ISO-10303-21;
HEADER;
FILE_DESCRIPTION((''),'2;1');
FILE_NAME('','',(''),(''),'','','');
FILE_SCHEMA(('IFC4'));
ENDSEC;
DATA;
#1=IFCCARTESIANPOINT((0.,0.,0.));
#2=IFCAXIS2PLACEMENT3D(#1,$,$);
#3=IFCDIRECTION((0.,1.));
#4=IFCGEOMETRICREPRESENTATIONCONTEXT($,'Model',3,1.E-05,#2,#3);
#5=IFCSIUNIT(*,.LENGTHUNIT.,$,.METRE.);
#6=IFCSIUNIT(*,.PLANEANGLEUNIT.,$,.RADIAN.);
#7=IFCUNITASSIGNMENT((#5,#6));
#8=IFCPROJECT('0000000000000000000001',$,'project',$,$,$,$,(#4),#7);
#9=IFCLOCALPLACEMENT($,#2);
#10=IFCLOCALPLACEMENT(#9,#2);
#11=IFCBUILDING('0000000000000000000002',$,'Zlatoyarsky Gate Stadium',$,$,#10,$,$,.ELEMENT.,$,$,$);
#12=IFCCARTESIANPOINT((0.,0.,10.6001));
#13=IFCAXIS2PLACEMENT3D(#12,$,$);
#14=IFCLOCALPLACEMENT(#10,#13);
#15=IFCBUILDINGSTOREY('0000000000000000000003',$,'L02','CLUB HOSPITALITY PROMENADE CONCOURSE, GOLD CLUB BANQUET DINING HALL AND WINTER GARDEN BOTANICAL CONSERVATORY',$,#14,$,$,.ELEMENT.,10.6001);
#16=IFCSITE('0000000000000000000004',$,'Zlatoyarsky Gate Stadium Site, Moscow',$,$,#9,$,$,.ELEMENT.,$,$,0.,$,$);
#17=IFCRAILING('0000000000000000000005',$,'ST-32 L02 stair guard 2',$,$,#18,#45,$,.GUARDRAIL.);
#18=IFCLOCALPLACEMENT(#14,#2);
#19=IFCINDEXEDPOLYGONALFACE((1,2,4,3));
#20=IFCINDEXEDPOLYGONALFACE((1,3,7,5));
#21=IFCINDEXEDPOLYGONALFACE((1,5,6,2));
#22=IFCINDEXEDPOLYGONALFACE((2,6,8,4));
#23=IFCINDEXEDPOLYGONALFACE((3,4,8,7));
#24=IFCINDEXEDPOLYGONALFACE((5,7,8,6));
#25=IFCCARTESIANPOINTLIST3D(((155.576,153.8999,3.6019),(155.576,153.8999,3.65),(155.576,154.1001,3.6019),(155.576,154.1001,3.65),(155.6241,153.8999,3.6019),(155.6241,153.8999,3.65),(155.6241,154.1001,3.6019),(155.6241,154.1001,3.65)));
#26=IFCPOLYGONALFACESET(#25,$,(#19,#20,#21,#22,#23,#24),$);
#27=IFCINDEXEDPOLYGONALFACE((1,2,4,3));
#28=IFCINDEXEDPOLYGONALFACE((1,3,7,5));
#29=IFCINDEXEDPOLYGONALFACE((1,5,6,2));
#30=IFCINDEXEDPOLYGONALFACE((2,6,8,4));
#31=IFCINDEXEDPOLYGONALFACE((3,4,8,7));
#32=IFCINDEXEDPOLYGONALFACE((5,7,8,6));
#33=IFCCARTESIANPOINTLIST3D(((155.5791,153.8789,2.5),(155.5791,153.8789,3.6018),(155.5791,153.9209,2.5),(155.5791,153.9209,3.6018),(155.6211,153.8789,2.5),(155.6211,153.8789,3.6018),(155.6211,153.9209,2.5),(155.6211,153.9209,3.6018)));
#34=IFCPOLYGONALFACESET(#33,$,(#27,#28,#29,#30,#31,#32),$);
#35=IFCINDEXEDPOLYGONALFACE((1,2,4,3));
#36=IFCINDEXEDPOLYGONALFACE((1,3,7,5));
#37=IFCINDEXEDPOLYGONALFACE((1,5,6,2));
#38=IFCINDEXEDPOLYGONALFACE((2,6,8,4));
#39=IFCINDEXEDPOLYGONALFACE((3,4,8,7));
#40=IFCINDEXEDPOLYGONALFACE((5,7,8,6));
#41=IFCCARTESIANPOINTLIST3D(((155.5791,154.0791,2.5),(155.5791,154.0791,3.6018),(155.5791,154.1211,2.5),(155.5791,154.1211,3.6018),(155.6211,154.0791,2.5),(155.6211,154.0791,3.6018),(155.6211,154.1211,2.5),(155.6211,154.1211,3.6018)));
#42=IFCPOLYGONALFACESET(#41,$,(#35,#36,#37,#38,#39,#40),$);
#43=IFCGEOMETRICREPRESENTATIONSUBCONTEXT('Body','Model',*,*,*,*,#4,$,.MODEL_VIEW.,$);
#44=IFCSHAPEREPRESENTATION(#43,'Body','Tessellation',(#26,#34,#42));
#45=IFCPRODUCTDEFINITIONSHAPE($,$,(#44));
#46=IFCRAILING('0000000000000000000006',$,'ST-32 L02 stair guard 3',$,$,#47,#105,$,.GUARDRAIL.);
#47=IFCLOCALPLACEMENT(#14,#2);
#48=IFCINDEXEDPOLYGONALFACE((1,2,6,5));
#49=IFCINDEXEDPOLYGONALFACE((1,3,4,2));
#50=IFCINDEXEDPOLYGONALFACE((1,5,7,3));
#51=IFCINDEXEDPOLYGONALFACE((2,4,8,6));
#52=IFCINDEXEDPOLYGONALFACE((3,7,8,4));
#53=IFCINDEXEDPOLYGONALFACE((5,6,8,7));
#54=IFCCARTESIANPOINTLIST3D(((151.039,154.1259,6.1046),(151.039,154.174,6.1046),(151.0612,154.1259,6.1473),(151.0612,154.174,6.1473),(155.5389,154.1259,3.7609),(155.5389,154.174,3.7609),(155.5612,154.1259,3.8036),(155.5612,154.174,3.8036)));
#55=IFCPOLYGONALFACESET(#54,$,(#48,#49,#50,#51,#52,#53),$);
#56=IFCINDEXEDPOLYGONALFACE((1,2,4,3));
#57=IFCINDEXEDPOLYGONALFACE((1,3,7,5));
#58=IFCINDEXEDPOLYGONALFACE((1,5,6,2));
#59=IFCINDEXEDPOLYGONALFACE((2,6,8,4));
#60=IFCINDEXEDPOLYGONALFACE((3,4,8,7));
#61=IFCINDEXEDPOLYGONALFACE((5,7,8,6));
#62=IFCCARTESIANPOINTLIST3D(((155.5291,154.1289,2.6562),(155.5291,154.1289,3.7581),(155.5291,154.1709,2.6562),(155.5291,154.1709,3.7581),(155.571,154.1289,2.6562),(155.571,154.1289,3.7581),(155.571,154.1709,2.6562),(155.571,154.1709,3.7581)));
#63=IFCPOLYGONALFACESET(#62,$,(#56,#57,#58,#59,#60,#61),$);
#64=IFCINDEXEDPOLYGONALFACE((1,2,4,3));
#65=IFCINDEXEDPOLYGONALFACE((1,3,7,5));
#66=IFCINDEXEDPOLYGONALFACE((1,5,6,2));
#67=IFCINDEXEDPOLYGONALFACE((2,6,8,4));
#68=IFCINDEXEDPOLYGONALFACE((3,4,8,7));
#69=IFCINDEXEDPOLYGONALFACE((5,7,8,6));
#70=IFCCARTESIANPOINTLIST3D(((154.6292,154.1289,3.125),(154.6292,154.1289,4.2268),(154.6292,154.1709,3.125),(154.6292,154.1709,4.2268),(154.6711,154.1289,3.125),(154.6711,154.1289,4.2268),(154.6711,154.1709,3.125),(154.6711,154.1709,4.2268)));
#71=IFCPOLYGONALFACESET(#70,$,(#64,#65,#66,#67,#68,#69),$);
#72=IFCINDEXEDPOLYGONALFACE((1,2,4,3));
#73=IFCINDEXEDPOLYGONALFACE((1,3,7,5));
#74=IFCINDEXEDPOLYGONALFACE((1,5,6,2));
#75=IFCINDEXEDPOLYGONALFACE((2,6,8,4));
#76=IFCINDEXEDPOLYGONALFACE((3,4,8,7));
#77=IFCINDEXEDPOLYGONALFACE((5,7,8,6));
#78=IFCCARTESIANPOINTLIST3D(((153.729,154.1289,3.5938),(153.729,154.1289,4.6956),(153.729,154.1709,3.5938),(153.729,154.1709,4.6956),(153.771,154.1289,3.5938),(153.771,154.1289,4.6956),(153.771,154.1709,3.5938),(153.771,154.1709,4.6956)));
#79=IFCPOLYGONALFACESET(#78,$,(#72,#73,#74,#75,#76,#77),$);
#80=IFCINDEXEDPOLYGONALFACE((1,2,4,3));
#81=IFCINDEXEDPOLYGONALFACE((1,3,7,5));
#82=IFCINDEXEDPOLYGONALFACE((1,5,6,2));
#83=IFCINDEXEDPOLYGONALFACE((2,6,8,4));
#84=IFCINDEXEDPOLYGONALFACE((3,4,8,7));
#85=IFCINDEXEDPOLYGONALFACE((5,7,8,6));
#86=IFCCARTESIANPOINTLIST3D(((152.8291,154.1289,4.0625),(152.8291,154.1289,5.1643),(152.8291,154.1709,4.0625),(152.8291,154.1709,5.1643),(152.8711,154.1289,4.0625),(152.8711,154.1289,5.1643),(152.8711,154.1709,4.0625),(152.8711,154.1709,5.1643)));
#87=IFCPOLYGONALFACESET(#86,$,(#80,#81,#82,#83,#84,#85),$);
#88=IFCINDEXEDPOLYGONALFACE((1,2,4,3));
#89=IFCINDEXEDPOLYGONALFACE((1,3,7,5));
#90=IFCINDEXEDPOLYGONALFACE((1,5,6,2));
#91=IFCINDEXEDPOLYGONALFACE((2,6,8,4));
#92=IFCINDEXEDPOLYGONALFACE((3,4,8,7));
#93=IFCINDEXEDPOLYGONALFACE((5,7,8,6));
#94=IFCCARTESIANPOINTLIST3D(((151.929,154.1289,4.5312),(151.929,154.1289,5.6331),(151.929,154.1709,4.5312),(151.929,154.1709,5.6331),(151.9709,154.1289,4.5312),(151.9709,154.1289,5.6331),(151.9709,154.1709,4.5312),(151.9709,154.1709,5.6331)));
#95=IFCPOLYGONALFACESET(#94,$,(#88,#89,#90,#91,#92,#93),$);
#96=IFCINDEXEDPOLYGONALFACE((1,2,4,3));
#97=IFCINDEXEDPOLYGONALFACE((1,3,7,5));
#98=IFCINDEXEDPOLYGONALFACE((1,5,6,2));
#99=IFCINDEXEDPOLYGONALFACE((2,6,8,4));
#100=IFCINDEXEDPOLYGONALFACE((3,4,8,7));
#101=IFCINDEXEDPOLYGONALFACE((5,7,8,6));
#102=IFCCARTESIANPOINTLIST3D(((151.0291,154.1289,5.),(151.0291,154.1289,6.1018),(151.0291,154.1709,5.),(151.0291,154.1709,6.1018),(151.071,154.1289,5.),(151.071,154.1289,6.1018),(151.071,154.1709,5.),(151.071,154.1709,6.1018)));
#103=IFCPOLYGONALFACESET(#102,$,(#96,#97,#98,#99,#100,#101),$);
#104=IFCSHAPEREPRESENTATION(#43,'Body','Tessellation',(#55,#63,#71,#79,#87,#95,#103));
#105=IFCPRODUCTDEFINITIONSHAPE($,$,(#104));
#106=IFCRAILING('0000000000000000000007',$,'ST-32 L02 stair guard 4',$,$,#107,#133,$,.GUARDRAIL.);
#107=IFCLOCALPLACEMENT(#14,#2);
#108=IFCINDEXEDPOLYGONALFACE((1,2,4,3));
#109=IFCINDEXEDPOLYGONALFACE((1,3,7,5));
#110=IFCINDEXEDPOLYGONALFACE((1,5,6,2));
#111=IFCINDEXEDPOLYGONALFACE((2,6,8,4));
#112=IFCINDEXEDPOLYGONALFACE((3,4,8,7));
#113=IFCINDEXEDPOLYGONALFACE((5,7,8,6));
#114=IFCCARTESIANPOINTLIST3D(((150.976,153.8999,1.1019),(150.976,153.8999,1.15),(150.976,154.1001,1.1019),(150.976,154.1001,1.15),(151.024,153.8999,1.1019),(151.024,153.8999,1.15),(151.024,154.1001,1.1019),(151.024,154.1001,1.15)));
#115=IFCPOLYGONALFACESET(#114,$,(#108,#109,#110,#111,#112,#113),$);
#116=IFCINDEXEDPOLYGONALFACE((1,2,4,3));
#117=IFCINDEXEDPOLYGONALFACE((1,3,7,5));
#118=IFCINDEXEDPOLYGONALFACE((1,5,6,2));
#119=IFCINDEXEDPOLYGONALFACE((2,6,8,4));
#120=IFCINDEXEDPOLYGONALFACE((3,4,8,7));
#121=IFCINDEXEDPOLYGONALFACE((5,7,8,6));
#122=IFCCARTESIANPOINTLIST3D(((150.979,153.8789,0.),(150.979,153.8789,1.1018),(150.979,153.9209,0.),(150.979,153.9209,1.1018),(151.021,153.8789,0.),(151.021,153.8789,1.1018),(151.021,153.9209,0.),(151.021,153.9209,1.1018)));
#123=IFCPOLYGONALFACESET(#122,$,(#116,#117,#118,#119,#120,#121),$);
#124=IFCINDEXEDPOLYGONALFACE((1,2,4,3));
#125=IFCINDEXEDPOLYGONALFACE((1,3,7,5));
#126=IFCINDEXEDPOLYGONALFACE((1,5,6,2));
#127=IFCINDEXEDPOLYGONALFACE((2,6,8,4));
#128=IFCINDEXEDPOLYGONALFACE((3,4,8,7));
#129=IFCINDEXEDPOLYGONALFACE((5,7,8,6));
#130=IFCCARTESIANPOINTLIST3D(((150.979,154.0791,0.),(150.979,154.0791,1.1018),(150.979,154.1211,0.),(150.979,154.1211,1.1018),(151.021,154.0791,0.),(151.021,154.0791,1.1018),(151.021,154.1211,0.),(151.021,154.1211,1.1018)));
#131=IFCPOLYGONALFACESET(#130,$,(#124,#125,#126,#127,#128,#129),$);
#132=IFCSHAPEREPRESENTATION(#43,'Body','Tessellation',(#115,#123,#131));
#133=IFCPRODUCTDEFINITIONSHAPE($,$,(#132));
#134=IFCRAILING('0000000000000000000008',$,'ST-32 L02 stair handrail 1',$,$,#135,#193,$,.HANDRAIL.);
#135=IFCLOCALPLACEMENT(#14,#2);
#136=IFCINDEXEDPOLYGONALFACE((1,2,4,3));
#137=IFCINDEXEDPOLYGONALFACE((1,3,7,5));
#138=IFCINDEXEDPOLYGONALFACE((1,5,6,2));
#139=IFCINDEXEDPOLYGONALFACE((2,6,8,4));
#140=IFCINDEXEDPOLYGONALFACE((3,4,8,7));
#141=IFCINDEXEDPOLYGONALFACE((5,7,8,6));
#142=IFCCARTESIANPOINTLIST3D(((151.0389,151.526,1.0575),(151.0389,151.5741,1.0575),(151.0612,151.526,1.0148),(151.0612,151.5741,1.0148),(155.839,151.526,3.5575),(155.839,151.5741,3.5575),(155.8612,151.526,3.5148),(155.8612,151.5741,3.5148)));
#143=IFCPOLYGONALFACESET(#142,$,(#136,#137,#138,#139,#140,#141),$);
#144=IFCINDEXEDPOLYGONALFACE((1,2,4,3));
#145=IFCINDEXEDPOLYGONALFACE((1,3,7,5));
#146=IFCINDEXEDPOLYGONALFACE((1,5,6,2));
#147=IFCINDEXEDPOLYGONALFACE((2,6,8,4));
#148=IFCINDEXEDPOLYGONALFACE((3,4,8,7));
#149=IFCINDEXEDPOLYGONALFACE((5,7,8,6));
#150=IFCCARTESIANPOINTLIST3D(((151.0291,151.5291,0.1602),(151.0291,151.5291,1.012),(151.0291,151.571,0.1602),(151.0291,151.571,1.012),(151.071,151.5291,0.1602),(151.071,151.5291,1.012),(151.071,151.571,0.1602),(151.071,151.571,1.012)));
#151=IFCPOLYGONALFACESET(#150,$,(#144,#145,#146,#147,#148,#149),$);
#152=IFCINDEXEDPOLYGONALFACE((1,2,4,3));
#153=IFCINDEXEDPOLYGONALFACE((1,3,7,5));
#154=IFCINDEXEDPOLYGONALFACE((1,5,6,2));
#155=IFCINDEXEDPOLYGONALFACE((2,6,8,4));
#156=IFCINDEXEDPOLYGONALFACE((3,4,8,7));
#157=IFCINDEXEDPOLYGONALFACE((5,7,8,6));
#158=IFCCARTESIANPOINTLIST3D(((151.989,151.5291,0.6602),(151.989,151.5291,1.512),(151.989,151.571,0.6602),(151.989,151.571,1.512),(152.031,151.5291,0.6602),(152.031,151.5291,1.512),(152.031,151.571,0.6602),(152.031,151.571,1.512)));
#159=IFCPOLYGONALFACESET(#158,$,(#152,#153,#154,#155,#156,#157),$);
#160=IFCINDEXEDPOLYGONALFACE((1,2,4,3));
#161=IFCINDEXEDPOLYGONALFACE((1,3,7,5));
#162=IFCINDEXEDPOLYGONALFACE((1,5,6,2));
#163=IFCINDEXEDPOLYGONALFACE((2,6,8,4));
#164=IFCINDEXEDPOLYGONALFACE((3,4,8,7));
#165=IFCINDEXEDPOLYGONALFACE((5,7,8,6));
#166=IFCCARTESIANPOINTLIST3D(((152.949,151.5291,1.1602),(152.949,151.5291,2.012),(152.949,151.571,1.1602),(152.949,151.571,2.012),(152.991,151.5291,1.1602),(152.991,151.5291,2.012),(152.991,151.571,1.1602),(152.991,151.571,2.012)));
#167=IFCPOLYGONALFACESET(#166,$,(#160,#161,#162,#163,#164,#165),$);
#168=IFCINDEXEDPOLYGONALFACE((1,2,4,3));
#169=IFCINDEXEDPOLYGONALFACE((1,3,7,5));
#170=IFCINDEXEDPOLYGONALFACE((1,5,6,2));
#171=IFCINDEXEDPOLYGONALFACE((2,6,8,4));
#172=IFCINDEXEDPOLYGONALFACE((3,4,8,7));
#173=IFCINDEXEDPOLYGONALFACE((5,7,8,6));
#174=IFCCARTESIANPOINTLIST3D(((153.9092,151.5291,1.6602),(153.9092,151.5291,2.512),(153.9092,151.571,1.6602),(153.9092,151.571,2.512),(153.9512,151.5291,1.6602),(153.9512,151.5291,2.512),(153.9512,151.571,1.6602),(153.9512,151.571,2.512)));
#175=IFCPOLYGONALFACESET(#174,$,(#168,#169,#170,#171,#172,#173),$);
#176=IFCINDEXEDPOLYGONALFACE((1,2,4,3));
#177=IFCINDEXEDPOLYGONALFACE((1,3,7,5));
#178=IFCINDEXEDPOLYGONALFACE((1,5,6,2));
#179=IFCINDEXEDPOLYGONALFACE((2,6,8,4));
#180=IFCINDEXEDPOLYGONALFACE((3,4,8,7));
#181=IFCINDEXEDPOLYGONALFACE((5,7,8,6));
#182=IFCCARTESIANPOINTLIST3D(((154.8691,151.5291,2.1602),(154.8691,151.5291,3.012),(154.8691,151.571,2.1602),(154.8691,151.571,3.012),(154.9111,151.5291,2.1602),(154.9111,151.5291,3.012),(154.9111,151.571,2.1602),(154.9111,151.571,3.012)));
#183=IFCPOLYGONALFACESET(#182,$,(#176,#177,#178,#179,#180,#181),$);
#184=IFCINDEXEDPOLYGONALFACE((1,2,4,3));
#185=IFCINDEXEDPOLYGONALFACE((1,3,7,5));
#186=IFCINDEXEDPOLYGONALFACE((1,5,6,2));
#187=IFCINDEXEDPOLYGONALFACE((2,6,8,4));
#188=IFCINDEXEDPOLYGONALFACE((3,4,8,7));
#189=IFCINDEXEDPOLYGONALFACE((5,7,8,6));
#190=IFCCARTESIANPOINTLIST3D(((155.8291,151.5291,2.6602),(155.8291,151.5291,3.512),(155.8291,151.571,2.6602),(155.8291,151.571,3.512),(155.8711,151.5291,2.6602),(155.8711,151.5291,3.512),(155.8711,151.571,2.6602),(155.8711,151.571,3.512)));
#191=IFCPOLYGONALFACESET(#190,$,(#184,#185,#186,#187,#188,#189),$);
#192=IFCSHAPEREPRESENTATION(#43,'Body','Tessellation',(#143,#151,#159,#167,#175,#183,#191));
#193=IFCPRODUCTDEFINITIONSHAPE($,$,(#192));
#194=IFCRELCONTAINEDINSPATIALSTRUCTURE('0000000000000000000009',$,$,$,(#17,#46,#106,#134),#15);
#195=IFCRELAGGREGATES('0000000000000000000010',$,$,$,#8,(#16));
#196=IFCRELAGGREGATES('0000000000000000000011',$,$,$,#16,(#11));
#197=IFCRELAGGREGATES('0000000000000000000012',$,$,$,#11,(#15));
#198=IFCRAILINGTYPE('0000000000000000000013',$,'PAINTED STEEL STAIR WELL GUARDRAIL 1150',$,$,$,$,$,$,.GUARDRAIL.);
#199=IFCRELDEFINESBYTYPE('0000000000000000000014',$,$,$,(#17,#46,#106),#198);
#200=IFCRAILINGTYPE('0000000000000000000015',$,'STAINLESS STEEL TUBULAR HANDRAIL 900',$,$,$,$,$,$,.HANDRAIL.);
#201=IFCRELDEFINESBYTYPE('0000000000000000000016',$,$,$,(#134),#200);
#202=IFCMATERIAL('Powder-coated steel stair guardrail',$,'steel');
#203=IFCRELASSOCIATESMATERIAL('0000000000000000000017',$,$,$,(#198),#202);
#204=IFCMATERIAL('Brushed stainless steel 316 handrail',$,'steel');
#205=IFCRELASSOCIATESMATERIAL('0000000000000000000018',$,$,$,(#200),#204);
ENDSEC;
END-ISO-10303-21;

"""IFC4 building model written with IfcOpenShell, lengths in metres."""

from ifc_helpers import new_model, si_unit, direction, frame, origin, origin_2d, place, context, subcontext, project, spatial, rectangle, extrude, material, type_object, element, save


model = new_model("IFC4")

# Units and contexts
model_context = context("Model", 3, precision=1e-05, world=origin(), true_north=direction((0.0, 1.0)))
body_context = subcontext(model_context, "Body", "Model", "MODEL_VIEW")
ifc_project = project(units=[si_unit("LENGTHUNIT", "METRE"), si_unit("PLANEANGLEUNIT", "RADIAN")], contexts=[model_context])

# Site, building, storey
site_placement = place(None, origin())
site = spatial("IfcSite", under=ifc_project, at=site_placement, Name="Zlatoyarsky Gate Stadium Site, Moscow", CompositionType="ELEMENT", RefElevation=0.0)
building_placement = place(site_placement, origin())
building = spatial("IfcBuilding", under=site, at=building_placement, Name="Zlatoyarsky Gate Stadium", CompositionType="ELEMENT")
storey_placement = place(building_placement, frame((0.0, 0.0, 10.6001)))
storey = spatial("IfcBuildingStorey", under=building, at=storey_placement, Name="L02", Description="CLUB HOSPITALITY PROMENADE CONCOURSE, GOLD CLUB BANQUET DINING HALL AND WINTER GARDEN BOTANICAL CONSERVATORY", CompositionType="ELEMENT", Elevation=10.6001)

# Railings
ifc_material_1 = material(Name="Powder-coated steel stair guardrail", Category="steel")
railing_type_1 = type_object("IfcRailingType", Name="PAINTED STEEL STAIR WELL GUARDRAIL 1150", PredefinedType="GUARDRAIL", material=ifc_material_1)
railing_1_placement = place(storey_placement, frame((155.6001, 153.8999, 2.5)))
element("IfcRailing", 1, at=railing_1_placement, inside=storey, type_object=railing_type_1, Name="ST-32 L02 stair guard 2", PredefinedType="GUARDRAIL", context=body_context, shape_type="SweptSolid", body=[
    extrude(rectangle(XDim=0.0481, YDim=0.0481, at=origin_2d()), frame((0.0, 0.0, 1.126), z_axis=(0.0, 1.0, 0.0), x_axis=(-1.0, 0.0, 0.0)), (0.0, 0.0, 1.0), 0.2002),
    extrude(rectangle(XDim=0.042, YDim=0.042, at=origin_2d()), origin(), (0.0, 0.0, 1.0), 1.1018),
    extrude(rectangle(XDim=0.042, YDim=0.042, at=origin_2d()), frame((0.0, 0.2002, 0.0)), (0.0, 0.0, 1.0), 1.1018),
])
railing_2_placement = place(storey_placement, frame((155.55, 154.1499, 2.6562)))
element("IfcRailing", 2, at=railing_2_placement, inside=storey, type_object=railing_type_1, Name="ST-32 L02 stair guard 3", PredefinedType="GUARDRAIL", context=body_context, shape_type="SweptSolid", body=[
    extrude(rectangle(XDim=0.0481, YDim=0.0481, at=origin_2d()), frame((0.0, 0.0, 1.126), z_axis=(-0.886914, 0.0, 0.461934), x_axis=(0.0, -1.0, 0.0)), (0.0, 0.0, 1.0), 5.0737),
    extrude(rectangle(XDim=0.042, YDim=0.042, at=origin_2d()), origin(), (0.0, 0.0, 1.0), 1.1018),
    extrude(rectangle(XDim=0.042, YDim=0.042, at=origin_2d()), frame((-0.8999, 0.0, 0.4688)), (0.0, 0.0, 1.0), 1.1018),
    extrude(rectangle(XDim=0.042, YDim=0.042, at=origin_2d()), frame((-1.8, 0.0, 0.9375)), (0.0, 0.0, 1.0), 1.1018),
    extrude(rectangle(XDim=0.042, YDim=0.042, at=origin_2d()), frame((-2.7, 0.0, 1.4062)), (0.0, 0.0, 1.0), 1.1018),
    extrude(rectangle(XDim=0.042, YDim=0.042, at=origin_2d()), frame((-3.6001, 0.0, 1.875)), (0.0, 0.0, 1.0), 1.1018),
    extrude(rectangle(XDim=0.042, YDim=0.042, at=origin_2d()), frame((-4.5, 0.0, 2.3438)), (0.0, 0.0, 1.0), 1.1018),
])
railing_3_placement = place(storey_placement, frame((151.0, 153.8999, 0.0)))
element("IfcRailing", 3, at=railing_3_placement, inside=storey, type_object=railing_type_1, Name="ST-32 L02 stair guard 4", PredefinedType="GUARDRAIL", context=body_context, shape_type="SweptSolid", body=[
    extrude(rectangle(XDim=0.0481, YDim=0.0481, at=origin_2d()), frame((0.0, 0.0, 1.126), z_axis=(0.0, 1.0, 0.0), x_axis=(-1.0, 0.0, 0.0)), (0.0, 0.0, 1.0), 0.2002),
    extrude(rectangle(XDim=0.042, YDim=0.042, at=origin_2d()), origin(), (0.0, 0.0, 1.0), 1.1018),
    extrude(rectangle(XDim=0.042, YDim=0.042, at=origin_2d()), frame((0.0, 0.2002, 0.0)), (0.0, 0.0, 1.0), 1.1018),
])
ifc_material_2 = material(Name="Brushed stainless steel 316 handrail", Category="steel")
railing_type_2 = type_object("IfcRailingType", Name="STAINLESS STEEL TUBULAR HANDRAIL 900", PredefinedType="HANDRAIL", material=ifc_material_2)
railing_4_placement = place(storey_placement, frame((151.05, 151.55, 0.1602)))
element("IfcRailing", 4, at=railing_4_placement, inside=storey, type_object=railing_type_2, Name="ST-32 L02 stair handrail 1", PredefinedType="HANDRAIL", context=body_context, shape_type="SweptSolid", body=[
    extrude(rectangle(XDim=0.0481, YDim=0.0481, at=origin_2d()), frame((0.0, 0.0, 0.876), z_axis=(0.886916, 0.0, 0.461931), x_axis=(0.0, 1.0, 0.0)), (0.0, 0.0, 1.0), 5.4121),
    extrude(rectangle(XDim=0.042, YDim=0.042, at=origin_2d()), origin(), (0.0, 0.0, 1.0), 0.8518),
    extrude(rectangle(XDim=0.042, YDim=0.042, at=origin_2d()), frame((0.96, 0.0, 0.5)), (0.0, 0.0, 1.0), 0.8518),
    extrude(rectangle(XDim=0.042, YDim=0.042, at=origin_2d()), frame((1.9199, 0.0, 1.0)), (0.0, 0.0, 1.0), 0.8518),
    extrude(rectangle(XDim=0.042, YDim=0.042, at=origin_2d()), frame((2.8801, 0.0, 1.5)), (0.0, 0.0, 1.0), 0.8518),
    extrude(rectangle(XDim=0.042, YDim=0.042, at=origin_2d()), frame((3.8401, 0.0, 2.0)), (0.0, 0.0, 1.0), 0.8518),
    extrude(rectangle(XDim=0.042, YDim=0.042, at=origin_2d()), frame((4.8, 0.0, 2.5)), (0.0, 0.0, 1.0), 0.8518),
])

save(model, "model.ifc")
